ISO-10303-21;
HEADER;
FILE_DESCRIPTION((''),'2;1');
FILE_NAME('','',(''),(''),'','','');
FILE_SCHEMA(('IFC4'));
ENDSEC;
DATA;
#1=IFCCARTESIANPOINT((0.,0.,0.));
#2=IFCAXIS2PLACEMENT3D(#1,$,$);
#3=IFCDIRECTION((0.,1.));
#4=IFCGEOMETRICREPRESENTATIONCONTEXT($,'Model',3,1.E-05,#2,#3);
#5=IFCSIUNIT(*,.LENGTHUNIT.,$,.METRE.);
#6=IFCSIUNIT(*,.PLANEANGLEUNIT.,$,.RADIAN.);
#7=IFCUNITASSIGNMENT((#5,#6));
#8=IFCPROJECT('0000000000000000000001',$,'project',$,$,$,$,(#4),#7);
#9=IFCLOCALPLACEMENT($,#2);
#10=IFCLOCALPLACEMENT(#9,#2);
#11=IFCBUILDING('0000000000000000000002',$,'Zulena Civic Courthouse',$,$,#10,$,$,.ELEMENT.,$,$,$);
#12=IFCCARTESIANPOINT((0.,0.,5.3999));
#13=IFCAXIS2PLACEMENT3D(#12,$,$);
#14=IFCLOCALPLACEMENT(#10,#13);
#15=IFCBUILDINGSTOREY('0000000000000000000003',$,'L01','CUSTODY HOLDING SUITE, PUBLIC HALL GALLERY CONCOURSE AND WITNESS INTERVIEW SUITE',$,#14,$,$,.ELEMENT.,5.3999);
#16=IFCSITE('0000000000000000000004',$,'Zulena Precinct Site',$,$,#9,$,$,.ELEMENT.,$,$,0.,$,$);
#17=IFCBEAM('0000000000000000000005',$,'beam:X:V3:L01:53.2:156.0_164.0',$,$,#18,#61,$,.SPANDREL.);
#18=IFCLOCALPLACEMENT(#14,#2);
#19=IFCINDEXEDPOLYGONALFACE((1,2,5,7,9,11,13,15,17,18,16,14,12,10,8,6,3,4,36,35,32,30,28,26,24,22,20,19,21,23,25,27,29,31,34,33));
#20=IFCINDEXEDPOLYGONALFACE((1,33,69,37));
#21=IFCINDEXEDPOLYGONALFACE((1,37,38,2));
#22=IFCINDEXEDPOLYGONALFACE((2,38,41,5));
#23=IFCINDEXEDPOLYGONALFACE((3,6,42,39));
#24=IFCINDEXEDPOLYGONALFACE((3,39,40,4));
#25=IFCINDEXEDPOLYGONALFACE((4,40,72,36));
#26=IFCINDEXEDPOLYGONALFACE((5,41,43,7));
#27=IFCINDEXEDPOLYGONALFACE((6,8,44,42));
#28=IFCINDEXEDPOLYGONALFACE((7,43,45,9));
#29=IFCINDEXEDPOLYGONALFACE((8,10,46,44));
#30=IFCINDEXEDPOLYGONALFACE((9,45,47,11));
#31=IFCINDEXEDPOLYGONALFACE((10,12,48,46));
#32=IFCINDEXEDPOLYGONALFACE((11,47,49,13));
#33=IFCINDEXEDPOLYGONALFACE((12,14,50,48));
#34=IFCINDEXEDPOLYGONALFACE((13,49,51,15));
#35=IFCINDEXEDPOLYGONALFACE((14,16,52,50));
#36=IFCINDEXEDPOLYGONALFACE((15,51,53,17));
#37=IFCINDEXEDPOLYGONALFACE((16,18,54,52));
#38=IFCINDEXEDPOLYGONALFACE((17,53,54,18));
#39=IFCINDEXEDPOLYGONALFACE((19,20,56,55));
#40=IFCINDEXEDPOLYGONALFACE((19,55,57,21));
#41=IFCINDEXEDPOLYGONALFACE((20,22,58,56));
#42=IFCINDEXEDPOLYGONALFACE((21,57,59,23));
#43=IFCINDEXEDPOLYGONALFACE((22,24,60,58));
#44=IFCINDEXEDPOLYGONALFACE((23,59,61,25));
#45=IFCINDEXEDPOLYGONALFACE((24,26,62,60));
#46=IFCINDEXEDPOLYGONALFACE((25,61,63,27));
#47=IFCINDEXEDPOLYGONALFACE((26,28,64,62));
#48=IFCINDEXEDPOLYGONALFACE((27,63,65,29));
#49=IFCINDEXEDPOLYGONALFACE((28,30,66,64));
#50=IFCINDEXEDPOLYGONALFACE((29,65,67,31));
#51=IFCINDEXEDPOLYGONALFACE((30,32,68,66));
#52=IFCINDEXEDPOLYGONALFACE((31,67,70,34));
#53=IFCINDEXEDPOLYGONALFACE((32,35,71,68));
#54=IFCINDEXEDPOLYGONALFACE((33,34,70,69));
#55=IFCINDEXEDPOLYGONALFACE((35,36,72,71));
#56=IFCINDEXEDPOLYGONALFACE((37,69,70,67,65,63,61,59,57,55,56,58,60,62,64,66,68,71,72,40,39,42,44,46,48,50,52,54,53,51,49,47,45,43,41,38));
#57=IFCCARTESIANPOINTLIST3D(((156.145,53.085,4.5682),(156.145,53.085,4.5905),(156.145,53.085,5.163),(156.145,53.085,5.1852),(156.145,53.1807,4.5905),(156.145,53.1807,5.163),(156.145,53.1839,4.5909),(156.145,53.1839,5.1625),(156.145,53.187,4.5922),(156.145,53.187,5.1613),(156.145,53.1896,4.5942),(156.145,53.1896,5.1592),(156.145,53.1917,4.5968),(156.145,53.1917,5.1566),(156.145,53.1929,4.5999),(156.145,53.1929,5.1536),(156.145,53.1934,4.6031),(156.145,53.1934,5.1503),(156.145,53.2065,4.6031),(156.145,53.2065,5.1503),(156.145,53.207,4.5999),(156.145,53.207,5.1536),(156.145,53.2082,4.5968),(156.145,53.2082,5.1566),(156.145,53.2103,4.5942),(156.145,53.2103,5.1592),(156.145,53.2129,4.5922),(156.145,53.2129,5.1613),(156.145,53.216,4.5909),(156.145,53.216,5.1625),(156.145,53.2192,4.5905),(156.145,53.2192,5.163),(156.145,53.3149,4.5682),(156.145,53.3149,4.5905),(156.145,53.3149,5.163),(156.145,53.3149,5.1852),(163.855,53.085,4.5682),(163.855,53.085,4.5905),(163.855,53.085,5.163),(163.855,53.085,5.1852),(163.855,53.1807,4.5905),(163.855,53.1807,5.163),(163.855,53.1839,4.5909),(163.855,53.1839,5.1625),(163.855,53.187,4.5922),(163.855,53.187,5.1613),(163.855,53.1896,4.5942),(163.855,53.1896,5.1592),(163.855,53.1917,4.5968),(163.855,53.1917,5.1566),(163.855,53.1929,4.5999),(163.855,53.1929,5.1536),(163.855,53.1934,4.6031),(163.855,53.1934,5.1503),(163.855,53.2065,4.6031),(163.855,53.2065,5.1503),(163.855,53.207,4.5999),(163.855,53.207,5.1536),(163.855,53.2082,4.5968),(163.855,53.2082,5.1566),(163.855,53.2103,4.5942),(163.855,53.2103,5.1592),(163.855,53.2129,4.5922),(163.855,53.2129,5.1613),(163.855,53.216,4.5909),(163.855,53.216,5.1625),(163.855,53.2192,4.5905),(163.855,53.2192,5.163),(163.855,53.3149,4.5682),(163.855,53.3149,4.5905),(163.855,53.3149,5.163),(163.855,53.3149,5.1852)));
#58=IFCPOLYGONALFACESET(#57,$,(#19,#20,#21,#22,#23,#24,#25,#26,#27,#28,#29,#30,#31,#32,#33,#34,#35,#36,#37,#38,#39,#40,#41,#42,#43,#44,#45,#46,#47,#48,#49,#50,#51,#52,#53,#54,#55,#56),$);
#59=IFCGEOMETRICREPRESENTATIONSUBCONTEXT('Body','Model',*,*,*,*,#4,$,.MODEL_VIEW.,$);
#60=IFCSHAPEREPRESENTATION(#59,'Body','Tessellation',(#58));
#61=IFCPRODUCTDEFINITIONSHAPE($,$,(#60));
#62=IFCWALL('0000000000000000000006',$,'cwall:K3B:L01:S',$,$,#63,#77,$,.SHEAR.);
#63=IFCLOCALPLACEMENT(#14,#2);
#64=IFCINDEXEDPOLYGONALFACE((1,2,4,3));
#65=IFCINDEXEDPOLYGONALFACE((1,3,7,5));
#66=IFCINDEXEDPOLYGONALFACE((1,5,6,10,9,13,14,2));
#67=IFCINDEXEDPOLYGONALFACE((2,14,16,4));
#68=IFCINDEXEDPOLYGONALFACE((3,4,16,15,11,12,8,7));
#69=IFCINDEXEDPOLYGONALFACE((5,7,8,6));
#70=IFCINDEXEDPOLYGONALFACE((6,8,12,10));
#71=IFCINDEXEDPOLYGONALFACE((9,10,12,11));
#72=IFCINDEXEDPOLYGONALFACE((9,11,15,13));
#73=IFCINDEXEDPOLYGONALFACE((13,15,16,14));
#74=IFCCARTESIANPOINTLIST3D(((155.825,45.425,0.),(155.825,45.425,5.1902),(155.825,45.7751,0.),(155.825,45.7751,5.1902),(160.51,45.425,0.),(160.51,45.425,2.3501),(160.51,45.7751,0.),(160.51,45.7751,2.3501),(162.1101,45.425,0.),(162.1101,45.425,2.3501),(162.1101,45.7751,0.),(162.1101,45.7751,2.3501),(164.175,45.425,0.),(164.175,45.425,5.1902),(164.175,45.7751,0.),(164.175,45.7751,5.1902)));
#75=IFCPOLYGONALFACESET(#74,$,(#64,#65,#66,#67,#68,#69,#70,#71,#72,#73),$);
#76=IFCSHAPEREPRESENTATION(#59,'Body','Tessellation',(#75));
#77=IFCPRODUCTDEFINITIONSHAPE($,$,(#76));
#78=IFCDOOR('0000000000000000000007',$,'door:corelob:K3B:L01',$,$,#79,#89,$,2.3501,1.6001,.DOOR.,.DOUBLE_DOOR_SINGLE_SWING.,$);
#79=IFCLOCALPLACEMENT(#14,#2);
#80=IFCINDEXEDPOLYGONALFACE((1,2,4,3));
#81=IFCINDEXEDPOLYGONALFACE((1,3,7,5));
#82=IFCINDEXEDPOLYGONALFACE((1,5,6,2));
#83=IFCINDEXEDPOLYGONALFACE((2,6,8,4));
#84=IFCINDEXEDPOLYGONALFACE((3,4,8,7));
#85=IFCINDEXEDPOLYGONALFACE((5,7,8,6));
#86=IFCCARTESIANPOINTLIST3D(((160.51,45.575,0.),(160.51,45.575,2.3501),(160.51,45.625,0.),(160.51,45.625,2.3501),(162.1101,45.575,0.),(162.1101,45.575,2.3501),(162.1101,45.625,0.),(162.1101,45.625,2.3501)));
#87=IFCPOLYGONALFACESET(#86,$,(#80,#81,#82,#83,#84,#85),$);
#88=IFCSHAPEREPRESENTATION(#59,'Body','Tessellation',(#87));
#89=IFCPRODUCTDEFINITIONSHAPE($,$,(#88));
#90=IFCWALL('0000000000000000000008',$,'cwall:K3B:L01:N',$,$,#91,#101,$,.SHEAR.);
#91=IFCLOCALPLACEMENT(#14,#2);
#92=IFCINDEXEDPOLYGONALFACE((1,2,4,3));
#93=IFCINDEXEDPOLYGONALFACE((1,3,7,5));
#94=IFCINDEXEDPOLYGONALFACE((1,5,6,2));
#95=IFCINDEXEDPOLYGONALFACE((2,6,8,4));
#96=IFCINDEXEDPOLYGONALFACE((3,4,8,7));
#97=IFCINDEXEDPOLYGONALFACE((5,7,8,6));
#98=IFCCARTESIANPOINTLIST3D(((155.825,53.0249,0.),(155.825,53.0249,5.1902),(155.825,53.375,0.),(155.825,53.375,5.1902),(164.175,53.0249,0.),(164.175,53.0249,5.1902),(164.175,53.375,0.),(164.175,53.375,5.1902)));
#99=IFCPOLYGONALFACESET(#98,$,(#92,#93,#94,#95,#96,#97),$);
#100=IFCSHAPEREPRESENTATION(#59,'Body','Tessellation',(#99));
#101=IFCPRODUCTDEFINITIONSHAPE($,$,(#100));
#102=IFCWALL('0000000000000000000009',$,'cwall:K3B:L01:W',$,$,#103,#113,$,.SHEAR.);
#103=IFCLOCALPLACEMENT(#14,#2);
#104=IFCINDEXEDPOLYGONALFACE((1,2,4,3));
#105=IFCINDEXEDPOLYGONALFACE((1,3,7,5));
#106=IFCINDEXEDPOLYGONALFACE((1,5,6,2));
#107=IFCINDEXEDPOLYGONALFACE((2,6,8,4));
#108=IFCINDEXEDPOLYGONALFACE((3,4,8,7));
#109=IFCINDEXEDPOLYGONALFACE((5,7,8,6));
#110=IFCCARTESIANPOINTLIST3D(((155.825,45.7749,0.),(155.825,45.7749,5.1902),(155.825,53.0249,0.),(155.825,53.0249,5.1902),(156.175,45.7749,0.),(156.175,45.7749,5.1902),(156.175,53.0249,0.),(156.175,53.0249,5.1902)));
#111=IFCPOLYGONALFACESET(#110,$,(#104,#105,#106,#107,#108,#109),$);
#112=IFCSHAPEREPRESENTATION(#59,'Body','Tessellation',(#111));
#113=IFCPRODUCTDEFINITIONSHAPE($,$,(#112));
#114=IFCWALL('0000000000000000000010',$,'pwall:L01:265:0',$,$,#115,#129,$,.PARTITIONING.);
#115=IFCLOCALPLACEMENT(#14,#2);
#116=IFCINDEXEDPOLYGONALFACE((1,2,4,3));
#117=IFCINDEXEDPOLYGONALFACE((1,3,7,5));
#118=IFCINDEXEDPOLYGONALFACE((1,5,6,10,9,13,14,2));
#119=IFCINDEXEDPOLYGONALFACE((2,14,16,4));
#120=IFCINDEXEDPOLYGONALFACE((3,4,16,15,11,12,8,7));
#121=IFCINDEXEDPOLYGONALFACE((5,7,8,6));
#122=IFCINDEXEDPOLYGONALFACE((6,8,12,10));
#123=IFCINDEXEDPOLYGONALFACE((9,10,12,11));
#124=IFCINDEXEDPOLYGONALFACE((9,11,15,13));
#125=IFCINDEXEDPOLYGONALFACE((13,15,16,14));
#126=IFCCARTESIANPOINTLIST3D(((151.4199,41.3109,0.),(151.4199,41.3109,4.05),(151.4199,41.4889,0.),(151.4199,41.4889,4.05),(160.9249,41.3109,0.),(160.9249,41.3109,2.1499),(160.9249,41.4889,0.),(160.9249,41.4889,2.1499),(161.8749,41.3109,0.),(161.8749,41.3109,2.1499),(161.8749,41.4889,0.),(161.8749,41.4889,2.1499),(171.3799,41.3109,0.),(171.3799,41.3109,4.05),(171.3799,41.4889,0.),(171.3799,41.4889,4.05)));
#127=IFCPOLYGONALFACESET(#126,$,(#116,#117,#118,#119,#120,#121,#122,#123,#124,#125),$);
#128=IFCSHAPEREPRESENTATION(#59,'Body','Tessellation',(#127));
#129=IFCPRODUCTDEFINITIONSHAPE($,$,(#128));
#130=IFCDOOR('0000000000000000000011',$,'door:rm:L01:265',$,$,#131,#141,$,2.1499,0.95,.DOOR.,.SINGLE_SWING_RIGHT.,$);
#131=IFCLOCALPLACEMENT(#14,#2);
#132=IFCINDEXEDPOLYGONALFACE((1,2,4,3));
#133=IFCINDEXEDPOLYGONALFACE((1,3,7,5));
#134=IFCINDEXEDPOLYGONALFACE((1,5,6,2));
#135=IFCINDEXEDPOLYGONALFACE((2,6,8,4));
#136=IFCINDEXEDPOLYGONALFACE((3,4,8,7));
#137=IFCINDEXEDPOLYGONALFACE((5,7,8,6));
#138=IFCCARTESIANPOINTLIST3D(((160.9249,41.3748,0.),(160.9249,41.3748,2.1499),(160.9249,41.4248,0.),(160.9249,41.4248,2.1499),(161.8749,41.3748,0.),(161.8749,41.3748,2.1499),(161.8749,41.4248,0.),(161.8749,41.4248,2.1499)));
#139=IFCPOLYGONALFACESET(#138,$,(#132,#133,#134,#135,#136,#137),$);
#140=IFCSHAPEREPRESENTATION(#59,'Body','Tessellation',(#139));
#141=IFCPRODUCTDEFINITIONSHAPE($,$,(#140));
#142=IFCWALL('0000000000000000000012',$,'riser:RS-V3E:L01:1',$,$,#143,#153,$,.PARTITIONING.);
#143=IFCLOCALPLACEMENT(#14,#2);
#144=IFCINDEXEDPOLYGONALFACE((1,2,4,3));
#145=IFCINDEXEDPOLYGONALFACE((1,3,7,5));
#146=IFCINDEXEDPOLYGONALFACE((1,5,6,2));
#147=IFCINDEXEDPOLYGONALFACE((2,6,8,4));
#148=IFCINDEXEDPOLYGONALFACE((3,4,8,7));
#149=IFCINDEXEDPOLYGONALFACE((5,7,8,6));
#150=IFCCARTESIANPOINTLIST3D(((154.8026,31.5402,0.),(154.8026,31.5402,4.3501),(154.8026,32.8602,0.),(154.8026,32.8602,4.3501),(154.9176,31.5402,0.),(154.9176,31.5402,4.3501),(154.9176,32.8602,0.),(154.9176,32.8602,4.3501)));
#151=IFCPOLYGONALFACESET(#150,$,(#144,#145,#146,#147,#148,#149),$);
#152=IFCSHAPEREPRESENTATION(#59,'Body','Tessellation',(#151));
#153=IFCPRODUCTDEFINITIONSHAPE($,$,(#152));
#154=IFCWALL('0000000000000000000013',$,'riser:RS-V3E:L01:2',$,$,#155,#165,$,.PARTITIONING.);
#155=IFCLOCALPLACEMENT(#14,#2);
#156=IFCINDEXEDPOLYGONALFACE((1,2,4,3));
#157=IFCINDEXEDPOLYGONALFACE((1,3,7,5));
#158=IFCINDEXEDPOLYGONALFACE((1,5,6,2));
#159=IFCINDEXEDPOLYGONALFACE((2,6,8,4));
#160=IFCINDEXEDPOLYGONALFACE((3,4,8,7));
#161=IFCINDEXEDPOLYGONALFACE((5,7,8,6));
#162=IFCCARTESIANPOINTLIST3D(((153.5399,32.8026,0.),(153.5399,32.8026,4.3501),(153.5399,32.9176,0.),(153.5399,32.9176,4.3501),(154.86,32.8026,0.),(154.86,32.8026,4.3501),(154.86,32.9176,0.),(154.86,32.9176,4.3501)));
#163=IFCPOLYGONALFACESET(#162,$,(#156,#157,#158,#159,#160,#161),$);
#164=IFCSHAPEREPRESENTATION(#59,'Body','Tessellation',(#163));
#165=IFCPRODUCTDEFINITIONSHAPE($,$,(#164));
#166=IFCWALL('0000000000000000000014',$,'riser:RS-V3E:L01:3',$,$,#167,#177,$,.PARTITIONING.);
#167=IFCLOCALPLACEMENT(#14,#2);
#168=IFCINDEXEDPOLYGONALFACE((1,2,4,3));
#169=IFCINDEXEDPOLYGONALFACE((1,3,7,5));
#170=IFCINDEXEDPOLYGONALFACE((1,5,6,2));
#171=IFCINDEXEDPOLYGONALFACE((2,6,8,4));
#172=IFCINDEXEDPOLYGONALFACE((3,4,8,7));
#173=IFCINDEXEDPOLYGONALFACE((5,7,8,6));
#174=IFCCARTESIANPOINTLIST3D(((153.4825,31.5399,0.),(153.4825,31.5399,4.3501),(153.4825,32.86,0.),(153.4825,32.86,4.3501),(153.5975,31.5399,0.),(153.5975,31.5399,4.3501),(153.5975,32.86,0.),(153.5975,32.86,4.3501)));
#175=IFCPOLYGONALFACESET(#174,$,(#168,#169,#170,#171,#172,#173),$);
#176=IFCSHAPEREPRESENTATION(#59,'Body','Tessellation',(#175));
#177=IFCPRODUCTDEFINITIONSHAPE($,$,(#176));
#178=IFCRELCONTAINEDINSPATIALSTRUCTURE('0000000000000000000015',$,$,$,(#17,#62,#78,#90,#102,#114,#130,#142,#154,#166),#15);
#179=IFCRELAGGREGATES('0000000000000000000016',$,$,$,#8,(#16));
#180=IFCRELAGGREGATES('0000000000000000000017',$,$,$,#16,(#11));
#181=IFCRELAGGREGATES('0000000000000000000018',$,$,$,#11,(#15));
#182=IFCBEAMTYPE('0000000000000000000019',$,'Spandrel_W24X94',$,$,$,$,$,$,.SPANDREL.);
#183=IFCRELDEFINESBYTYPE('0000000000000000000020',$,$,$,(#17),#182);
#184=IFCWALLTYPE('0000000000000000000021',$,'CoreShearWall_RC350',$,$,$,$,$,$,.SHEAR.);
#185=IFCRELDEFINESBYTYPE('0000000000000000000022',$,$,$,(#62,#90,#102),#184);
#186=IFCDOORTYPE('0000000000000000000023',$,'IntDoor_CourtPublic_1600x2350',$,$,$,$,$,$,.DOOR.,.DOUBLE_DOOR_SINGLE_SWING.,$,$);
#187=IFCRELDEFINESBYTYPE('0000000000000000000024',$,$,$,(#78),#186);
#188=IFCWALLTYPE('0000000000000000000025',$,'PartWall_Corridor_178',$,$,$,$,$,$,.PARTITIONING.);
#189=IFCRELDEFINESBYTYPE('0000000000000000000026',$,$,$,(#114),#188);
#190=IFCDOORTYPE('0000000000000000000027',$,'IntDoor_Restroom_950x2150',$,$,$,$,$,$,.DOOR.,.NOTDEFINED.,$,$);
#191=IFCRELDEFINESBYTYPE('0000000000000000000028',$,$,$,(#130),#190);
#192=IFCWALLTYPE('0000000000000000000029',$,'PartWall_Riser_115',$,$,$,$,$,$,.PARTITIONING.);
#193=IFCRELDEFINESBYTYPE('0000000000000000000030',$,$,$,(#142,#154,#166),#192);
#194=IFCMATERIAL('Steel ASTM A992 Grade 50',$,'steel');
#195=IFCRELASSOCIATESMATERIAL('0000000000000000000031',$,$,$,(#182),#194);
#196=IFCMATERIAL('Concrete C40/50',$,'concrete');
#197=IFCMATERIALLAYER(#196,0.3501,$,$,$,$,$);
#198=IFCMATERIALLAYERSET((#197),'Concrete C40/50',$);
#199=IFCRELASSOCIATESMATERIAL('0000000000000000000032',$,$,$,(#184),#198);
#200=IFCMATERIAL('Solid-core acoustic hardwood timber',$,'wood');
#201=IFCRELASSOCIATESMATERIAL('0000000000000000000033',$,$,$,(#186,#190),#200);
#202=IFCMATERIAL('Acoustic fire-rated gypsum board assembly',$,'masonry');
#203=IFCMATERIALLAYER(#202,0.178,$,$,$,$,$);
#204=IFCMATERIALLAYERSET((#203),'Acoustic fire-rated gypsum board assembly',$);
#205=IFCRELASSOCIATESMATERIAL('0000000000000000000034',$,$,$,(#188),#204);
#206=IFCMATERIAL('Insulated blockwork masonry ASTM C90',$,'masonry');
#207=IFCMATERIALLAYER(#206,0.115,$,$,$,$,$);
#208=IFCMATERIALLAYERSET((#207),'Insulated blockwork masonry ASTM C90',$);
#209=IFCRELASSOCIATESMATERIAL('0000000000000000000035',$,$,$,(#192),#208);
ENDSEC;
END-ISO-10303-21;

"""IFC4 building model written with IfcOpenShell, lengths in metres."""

from ifc_helpers import new_model, si_unit, direction, frame, frame_2d, origin, origin_2d, place, context, subcontext, project, spatial, rectangle, i_section, extrude, material, layer, layer_set, material_profile, profile_set, type_object, element, fill, save


model = new_model("IFC4")

# Units and contexts
model_context = context("Model", 3, precision=1e-05, world=origin(), true_north=direction((0.0, 1.0)))
body_context = subcontext(model_context, "Body", "Model", "MODEL_VIEW")
ifc_project = project(units=[si_unit("LENGTHUNIT", "METRE"), si_unit("PLANEANGLEUNIT", "RADIAN")], contexts=[model_context])

# Site, building, storey
site_placement = place(None, origin())
site = spatial("IfcSite", under=ifc_project, at=site_placement, Name="Zulena Precinct Site", CompositionType="ELEMENT", RefElevation=0.0)
building_placement = place(site_placement, origin())
building = spatial("IfcBuilding", under=site, at=building_placement, Name="Zulena Civic Courthouse", CompositionType="ELEMENT")
storey_placement = place(building_placement, frame((0.0, 0.0, 5.3999)))
storey = spatial("IfcBuildingStorey", under=building, at=storey_placement, Name="L01", Description="CUSTODY HOLDING SUITE, PUBLIC HALL GALLERY CONCOURSE AND WITNESS INTERVIEW SUITE", CompositionType="ELEMENT", Elevation=5.3999)

# Shared definitions
ifc_material_1 = material(Name="Steel ASTM A992 Grade 50", Category="steel")

# Beam
ifc_material_profile_1 = material_profile(ifc_material_1, i_section(OverallWidth=0.23, OverallDepth=0.6169, WebThickness=0.0132, FlangeThickness=0.0222, FilletRadius=0.0127, at=origin_2d()), Name="W24X94")
ifc_profile_set_1 = profile_set([ifc_material_profile_1], Name="Steel ASTM A992 Grade 50")
beam_type_1 = type_object("IfcBeamType", Name="Spandrel_W24X94", PredefinedType="SPANDREL", material=ifc_profile_set_1)
for number, where, z_axis, x_axis, name in (
    (1, (156.145, 53.2, 4.8767), (1.0, 0.0, 0.0), (0.0, 1.0, 0.0), "beam:X:V3:L01:53.2:156.0_164.0"),
):
    element("IfcBeam", number, at=place(storey_placement, frame(where, z_axis=z_axis, x_axis=x_axis)), inside=storey, type_object=beam_type_1, Name=name, PredefinedType="SPANDREL", context=body_context, shape_type="SweptSolid", body=[
        extrude(i_section(OverallWidth=0.23, OverallDepth=0.6169, WebThickness=0.0132, FlangeThickness=0.0222, FilletRadius=0.0127, at=origin_2d()), origin(), (0.0, 0.0, 1.0), 7.71),
    ])

# Wall, opening, door
ifc_material_2 = material(Name="Concrete C40/50", Category="concrete")
ifc_layer_1 = layer(ifc_material_2, 0.3501)
ifc_layer_set_1 = layer_set([ifc_layer_1], Name="Concrete C40/50")
wall_type_1 = type_object("IfcWallType", Name="CoreShearWall_RC350", PredefinedType="SHEAR", material=ifc_layer_set_1)
wall_1_placement = place(storey_placement, frame((155.825, 45.6001, 0.0), z_axis=(0.0, 0.0, 1.0), x_axis=(1.0, 0.0, 0.0)))
wall_1 = element("IfcWall", 2, at=wall_1_placement, inside=storey, type_object=wall_type_1, Name="cwall:K3B:L01:S", PredefinedType="SHEAR", context=body_context, shape_type="SweptSolid", body=[
    extrude(rectangle(XDim=8.3501, YDim=0.3501, at=frame_2d((4.175, 0.0))), origin(), (0.0, 0.0, 1.0), 5.1902),
])
opening_1_placement = place(wall_1_placement, frame((4.6851, 0.0, 0.0)))
opening_1 = element("IfcOpeningElement", 3, at=opening_1_placement, cuts=wall_1, PredefinedType="OPENING", context=body_context, shape_type="SweptSolid", body=[
    extrude(rectangle(XDim=1.6001, YDim=2.3501, at=frame_2d((0.8, 1.175))), frame((0.0, 0.1851, 0.0), z_axis=(0.0, -1.0, 0.0), x_axis=(1.0, 0.0, 0.0)), (0.0, 0.0, 1.0), 0.3701),
])
ifc_material_3 = material(Name="Solid-core acoustic hardwood timber", Category="wood")
door_type_1 = type_object("IfcDoorType", Name="IntDoor_CourtPublic_1600x2350", OperationType="DOUBLE_DOOR_SINGLE_SWING", PredefinedType="DOOR", material=ifc_material_3)
door_1_placement = place(opening_1_placement, origin())
door_1 = element("IfcDoor", 4, at=door_1_placement, inside=storey, type_object=door_type_1, Name="door:corelob:K3B:L01", OperationType="DOUBLE_DOOR_SINGLE_SWING", OverallHeight=2.3501, OverallWidth=1.6001, PredefinedType="DOOR", context=body_context, shape_type="SweptSolid", body=[
    extrude(rectangle(XDim=1.6001, YDim=2.3501, at=frame_2d((0.8, 1.175))), frame((0.0, 0.0249, 0.0), z_axis=(0.0, -1.0, 0.0), x_axis=(1.0, 0.0, 0.0)), (0.0, 0.0, 1.0), 0.05),
])
fill(opening_1, door_1)

# Walls
wall_2_placement = place(storey_placement, frame((155.825, 53.2, 0.0), z_axis=(0.0, 0.0, 1.0), x_axis=(1.0, 0.0, 0.0)))
element("IfcWall", 5, at=wall_2_placement, inside=storey, type_object=wall_type_1, Name="cwall:K3B:L01:N", PredefinedType="SHEAR", context=body_context, shape_type="SweptSolid", body=[
    extrude(rectangle(XDim=8.3501, YDim=0.3501, at=frame_2d((4.175, 0.0))), origin(), (0.0, 0.0, 1.0), 5.1902),
])
wall_3_placement = place(storey_placement, frame((156.0, 45.7749, 0.0), z_axis=(0.0, 0.0, 1.0), x_axis=(0.0, 1.0, 0.0)))
element("IfcWall", 6, at=wall_3_placement, inside=storey, type_object=wall_type_1, Name="cwall:K3B:L01:W", PredefinedType="SHEAR", context=body_context, shape_type="SweptSolid", body=[
    extrude(rectangle(XDim=7.25, YDim=0.3501, at=frame_2d((3.625, 0.0))), origin(), (0.0, 0.0, 1.0), 5.1902),
])

# Wall, opening, door
ifc_material_4 = material(Name="Acoustic fire-rated gypsum board assembly", Category="masonry")
ifc_layer_2 = layer(ifc_material_4, 0.178)
ifc_layer_set_2 = layer_set([ifc_layer_2], Name="Acoustic fire-rated gypsum board assembly")
wall_type_2 = type_object("IfcWallType", Name="PartWall_Corridor_178", PredefinedType="PARTITIONING", material=ifc_layer_set_2)
wall_4_placement = place(storey_placement, frame((151.4199, 41.3999, 0.0), z_axis=(0.0, 0.0, 1.0), x_axis=(1.0, 0.0, 0.0)))
wall_4 = element("IfcWall", 7, at=wall_4_placement, inside=storey, type_object=wall_type_2, Name="pwall:L01:265:0", PredefinedType="PARTITIONING", context=body_context, shape_type="SweptSolid", body=[
    extrude(rectangle(XDim=19.96, YDim=0.178, at=frame_2d((9.98, 0.0))), origin(), (0.0, 0.0, 1.0), 4.05),
])
opening_2_placement = place(wall_4_placement, frame((9.5049, 0.0, 0.0)))
opening_2 = element("IfcOpeningElement", 8, at=opening_2_placement, cuts=wall_4, PredefinedType="OPENING", context=body_context, shape_type="SweptSolid", body=[
    extrude(rectangle(XDim=0.95, YDim=2.1499, at=frame_2d((0.4751, 1.075))), frame((0.0, 0.0989, 0.0), z_axis=(0.0, -1.0, 0.0), x_axis=(1.0, 0.0, 0.0)), (0.0, 0.0, 1.0), 0.198),
])
door_type_2 = type_object("IfcDoorType", Name="IntDoor_Restroom_950x2150", OperationType="NOTDEFINED", PredefinedType="DOOR", material=ifc_material_3)
door_2_placement = place(opening_2_placement, origin())
door_2 = element("IfcDoor", 9, at=door_2_placement, inside=storey, type_object=door_type_2, Name="door:rm:L01:265", OperationType="SINGLE_SWING_RIGHT", OverallHeight=2.1499, OverallWidth=0.95, PredefinedType="DOOR", context=body_context, shape_type="SweptSolid", body=[
    extrude(rectangle(XDim=0.95, YDim=2.1499, at=frame_2d((0.4751, 1.075))), frame((0.0, 0.0249, 0.0), z_axis=(0.0, -1.0, 0.0), x_axis=(1.0, 0.0, 0.0)), (0.0, 0.0, 1.0), 0.05),
])
fill(opening_2, door_2)

# Walls
ifc_material_5 = material(Name="Insulated blockwork masonry ASTM C90", Category="masonry")
ifc_layer_3 = layer(ifc_material_5, 0.115)
ifc_layer_set_3 = layer_set([ifc_layer_3], Name="Insulated blockwork masonry ASTM C90")
wall_type_3 = type_object("IfcWallType", Name="PartWall_Riser_115", PredefinedType="PARTITIONING", material=ifc_layer_set_3)
for number, where, z_axis, x_axis, name in (
    (10, (154.8601, 31.54, 0.0), (0.0, 0.0, 1.0), (0.0, 1.0, 0.0), "riser:RS-V3E:L01:1"),
    (11, (154.8601, 32.8601, 0.0), (0.0, 0.0, 1.0), (-1.0, 0.0, 0.0), "riser:RS-V3E:L01:2"),
    (12, (153.54, 32.8601, 0.0), (0.0, 0.0, 1.0), (0.0, -1.0, 0.0), "riser:RS-V3E:L01:3"),
):
    element("IfcWall", number, at=place(storey_placement, frame(where, z_axis=z_axis, x_axis=x_axis)), inside=storey, type_object=wall_type_3, Name=name, PredefinedType="PARTITIONING", context=body_context, shape_type="SweptSolid", body=[
        extrude(rectangle(XDim=1.3201, YDim=0.115, at=frame_2d((0.6602, 0.0))), origin(), (0.0, 0.0, 1.0), 4.3501),
    ])

save(model, "model.ifc")
